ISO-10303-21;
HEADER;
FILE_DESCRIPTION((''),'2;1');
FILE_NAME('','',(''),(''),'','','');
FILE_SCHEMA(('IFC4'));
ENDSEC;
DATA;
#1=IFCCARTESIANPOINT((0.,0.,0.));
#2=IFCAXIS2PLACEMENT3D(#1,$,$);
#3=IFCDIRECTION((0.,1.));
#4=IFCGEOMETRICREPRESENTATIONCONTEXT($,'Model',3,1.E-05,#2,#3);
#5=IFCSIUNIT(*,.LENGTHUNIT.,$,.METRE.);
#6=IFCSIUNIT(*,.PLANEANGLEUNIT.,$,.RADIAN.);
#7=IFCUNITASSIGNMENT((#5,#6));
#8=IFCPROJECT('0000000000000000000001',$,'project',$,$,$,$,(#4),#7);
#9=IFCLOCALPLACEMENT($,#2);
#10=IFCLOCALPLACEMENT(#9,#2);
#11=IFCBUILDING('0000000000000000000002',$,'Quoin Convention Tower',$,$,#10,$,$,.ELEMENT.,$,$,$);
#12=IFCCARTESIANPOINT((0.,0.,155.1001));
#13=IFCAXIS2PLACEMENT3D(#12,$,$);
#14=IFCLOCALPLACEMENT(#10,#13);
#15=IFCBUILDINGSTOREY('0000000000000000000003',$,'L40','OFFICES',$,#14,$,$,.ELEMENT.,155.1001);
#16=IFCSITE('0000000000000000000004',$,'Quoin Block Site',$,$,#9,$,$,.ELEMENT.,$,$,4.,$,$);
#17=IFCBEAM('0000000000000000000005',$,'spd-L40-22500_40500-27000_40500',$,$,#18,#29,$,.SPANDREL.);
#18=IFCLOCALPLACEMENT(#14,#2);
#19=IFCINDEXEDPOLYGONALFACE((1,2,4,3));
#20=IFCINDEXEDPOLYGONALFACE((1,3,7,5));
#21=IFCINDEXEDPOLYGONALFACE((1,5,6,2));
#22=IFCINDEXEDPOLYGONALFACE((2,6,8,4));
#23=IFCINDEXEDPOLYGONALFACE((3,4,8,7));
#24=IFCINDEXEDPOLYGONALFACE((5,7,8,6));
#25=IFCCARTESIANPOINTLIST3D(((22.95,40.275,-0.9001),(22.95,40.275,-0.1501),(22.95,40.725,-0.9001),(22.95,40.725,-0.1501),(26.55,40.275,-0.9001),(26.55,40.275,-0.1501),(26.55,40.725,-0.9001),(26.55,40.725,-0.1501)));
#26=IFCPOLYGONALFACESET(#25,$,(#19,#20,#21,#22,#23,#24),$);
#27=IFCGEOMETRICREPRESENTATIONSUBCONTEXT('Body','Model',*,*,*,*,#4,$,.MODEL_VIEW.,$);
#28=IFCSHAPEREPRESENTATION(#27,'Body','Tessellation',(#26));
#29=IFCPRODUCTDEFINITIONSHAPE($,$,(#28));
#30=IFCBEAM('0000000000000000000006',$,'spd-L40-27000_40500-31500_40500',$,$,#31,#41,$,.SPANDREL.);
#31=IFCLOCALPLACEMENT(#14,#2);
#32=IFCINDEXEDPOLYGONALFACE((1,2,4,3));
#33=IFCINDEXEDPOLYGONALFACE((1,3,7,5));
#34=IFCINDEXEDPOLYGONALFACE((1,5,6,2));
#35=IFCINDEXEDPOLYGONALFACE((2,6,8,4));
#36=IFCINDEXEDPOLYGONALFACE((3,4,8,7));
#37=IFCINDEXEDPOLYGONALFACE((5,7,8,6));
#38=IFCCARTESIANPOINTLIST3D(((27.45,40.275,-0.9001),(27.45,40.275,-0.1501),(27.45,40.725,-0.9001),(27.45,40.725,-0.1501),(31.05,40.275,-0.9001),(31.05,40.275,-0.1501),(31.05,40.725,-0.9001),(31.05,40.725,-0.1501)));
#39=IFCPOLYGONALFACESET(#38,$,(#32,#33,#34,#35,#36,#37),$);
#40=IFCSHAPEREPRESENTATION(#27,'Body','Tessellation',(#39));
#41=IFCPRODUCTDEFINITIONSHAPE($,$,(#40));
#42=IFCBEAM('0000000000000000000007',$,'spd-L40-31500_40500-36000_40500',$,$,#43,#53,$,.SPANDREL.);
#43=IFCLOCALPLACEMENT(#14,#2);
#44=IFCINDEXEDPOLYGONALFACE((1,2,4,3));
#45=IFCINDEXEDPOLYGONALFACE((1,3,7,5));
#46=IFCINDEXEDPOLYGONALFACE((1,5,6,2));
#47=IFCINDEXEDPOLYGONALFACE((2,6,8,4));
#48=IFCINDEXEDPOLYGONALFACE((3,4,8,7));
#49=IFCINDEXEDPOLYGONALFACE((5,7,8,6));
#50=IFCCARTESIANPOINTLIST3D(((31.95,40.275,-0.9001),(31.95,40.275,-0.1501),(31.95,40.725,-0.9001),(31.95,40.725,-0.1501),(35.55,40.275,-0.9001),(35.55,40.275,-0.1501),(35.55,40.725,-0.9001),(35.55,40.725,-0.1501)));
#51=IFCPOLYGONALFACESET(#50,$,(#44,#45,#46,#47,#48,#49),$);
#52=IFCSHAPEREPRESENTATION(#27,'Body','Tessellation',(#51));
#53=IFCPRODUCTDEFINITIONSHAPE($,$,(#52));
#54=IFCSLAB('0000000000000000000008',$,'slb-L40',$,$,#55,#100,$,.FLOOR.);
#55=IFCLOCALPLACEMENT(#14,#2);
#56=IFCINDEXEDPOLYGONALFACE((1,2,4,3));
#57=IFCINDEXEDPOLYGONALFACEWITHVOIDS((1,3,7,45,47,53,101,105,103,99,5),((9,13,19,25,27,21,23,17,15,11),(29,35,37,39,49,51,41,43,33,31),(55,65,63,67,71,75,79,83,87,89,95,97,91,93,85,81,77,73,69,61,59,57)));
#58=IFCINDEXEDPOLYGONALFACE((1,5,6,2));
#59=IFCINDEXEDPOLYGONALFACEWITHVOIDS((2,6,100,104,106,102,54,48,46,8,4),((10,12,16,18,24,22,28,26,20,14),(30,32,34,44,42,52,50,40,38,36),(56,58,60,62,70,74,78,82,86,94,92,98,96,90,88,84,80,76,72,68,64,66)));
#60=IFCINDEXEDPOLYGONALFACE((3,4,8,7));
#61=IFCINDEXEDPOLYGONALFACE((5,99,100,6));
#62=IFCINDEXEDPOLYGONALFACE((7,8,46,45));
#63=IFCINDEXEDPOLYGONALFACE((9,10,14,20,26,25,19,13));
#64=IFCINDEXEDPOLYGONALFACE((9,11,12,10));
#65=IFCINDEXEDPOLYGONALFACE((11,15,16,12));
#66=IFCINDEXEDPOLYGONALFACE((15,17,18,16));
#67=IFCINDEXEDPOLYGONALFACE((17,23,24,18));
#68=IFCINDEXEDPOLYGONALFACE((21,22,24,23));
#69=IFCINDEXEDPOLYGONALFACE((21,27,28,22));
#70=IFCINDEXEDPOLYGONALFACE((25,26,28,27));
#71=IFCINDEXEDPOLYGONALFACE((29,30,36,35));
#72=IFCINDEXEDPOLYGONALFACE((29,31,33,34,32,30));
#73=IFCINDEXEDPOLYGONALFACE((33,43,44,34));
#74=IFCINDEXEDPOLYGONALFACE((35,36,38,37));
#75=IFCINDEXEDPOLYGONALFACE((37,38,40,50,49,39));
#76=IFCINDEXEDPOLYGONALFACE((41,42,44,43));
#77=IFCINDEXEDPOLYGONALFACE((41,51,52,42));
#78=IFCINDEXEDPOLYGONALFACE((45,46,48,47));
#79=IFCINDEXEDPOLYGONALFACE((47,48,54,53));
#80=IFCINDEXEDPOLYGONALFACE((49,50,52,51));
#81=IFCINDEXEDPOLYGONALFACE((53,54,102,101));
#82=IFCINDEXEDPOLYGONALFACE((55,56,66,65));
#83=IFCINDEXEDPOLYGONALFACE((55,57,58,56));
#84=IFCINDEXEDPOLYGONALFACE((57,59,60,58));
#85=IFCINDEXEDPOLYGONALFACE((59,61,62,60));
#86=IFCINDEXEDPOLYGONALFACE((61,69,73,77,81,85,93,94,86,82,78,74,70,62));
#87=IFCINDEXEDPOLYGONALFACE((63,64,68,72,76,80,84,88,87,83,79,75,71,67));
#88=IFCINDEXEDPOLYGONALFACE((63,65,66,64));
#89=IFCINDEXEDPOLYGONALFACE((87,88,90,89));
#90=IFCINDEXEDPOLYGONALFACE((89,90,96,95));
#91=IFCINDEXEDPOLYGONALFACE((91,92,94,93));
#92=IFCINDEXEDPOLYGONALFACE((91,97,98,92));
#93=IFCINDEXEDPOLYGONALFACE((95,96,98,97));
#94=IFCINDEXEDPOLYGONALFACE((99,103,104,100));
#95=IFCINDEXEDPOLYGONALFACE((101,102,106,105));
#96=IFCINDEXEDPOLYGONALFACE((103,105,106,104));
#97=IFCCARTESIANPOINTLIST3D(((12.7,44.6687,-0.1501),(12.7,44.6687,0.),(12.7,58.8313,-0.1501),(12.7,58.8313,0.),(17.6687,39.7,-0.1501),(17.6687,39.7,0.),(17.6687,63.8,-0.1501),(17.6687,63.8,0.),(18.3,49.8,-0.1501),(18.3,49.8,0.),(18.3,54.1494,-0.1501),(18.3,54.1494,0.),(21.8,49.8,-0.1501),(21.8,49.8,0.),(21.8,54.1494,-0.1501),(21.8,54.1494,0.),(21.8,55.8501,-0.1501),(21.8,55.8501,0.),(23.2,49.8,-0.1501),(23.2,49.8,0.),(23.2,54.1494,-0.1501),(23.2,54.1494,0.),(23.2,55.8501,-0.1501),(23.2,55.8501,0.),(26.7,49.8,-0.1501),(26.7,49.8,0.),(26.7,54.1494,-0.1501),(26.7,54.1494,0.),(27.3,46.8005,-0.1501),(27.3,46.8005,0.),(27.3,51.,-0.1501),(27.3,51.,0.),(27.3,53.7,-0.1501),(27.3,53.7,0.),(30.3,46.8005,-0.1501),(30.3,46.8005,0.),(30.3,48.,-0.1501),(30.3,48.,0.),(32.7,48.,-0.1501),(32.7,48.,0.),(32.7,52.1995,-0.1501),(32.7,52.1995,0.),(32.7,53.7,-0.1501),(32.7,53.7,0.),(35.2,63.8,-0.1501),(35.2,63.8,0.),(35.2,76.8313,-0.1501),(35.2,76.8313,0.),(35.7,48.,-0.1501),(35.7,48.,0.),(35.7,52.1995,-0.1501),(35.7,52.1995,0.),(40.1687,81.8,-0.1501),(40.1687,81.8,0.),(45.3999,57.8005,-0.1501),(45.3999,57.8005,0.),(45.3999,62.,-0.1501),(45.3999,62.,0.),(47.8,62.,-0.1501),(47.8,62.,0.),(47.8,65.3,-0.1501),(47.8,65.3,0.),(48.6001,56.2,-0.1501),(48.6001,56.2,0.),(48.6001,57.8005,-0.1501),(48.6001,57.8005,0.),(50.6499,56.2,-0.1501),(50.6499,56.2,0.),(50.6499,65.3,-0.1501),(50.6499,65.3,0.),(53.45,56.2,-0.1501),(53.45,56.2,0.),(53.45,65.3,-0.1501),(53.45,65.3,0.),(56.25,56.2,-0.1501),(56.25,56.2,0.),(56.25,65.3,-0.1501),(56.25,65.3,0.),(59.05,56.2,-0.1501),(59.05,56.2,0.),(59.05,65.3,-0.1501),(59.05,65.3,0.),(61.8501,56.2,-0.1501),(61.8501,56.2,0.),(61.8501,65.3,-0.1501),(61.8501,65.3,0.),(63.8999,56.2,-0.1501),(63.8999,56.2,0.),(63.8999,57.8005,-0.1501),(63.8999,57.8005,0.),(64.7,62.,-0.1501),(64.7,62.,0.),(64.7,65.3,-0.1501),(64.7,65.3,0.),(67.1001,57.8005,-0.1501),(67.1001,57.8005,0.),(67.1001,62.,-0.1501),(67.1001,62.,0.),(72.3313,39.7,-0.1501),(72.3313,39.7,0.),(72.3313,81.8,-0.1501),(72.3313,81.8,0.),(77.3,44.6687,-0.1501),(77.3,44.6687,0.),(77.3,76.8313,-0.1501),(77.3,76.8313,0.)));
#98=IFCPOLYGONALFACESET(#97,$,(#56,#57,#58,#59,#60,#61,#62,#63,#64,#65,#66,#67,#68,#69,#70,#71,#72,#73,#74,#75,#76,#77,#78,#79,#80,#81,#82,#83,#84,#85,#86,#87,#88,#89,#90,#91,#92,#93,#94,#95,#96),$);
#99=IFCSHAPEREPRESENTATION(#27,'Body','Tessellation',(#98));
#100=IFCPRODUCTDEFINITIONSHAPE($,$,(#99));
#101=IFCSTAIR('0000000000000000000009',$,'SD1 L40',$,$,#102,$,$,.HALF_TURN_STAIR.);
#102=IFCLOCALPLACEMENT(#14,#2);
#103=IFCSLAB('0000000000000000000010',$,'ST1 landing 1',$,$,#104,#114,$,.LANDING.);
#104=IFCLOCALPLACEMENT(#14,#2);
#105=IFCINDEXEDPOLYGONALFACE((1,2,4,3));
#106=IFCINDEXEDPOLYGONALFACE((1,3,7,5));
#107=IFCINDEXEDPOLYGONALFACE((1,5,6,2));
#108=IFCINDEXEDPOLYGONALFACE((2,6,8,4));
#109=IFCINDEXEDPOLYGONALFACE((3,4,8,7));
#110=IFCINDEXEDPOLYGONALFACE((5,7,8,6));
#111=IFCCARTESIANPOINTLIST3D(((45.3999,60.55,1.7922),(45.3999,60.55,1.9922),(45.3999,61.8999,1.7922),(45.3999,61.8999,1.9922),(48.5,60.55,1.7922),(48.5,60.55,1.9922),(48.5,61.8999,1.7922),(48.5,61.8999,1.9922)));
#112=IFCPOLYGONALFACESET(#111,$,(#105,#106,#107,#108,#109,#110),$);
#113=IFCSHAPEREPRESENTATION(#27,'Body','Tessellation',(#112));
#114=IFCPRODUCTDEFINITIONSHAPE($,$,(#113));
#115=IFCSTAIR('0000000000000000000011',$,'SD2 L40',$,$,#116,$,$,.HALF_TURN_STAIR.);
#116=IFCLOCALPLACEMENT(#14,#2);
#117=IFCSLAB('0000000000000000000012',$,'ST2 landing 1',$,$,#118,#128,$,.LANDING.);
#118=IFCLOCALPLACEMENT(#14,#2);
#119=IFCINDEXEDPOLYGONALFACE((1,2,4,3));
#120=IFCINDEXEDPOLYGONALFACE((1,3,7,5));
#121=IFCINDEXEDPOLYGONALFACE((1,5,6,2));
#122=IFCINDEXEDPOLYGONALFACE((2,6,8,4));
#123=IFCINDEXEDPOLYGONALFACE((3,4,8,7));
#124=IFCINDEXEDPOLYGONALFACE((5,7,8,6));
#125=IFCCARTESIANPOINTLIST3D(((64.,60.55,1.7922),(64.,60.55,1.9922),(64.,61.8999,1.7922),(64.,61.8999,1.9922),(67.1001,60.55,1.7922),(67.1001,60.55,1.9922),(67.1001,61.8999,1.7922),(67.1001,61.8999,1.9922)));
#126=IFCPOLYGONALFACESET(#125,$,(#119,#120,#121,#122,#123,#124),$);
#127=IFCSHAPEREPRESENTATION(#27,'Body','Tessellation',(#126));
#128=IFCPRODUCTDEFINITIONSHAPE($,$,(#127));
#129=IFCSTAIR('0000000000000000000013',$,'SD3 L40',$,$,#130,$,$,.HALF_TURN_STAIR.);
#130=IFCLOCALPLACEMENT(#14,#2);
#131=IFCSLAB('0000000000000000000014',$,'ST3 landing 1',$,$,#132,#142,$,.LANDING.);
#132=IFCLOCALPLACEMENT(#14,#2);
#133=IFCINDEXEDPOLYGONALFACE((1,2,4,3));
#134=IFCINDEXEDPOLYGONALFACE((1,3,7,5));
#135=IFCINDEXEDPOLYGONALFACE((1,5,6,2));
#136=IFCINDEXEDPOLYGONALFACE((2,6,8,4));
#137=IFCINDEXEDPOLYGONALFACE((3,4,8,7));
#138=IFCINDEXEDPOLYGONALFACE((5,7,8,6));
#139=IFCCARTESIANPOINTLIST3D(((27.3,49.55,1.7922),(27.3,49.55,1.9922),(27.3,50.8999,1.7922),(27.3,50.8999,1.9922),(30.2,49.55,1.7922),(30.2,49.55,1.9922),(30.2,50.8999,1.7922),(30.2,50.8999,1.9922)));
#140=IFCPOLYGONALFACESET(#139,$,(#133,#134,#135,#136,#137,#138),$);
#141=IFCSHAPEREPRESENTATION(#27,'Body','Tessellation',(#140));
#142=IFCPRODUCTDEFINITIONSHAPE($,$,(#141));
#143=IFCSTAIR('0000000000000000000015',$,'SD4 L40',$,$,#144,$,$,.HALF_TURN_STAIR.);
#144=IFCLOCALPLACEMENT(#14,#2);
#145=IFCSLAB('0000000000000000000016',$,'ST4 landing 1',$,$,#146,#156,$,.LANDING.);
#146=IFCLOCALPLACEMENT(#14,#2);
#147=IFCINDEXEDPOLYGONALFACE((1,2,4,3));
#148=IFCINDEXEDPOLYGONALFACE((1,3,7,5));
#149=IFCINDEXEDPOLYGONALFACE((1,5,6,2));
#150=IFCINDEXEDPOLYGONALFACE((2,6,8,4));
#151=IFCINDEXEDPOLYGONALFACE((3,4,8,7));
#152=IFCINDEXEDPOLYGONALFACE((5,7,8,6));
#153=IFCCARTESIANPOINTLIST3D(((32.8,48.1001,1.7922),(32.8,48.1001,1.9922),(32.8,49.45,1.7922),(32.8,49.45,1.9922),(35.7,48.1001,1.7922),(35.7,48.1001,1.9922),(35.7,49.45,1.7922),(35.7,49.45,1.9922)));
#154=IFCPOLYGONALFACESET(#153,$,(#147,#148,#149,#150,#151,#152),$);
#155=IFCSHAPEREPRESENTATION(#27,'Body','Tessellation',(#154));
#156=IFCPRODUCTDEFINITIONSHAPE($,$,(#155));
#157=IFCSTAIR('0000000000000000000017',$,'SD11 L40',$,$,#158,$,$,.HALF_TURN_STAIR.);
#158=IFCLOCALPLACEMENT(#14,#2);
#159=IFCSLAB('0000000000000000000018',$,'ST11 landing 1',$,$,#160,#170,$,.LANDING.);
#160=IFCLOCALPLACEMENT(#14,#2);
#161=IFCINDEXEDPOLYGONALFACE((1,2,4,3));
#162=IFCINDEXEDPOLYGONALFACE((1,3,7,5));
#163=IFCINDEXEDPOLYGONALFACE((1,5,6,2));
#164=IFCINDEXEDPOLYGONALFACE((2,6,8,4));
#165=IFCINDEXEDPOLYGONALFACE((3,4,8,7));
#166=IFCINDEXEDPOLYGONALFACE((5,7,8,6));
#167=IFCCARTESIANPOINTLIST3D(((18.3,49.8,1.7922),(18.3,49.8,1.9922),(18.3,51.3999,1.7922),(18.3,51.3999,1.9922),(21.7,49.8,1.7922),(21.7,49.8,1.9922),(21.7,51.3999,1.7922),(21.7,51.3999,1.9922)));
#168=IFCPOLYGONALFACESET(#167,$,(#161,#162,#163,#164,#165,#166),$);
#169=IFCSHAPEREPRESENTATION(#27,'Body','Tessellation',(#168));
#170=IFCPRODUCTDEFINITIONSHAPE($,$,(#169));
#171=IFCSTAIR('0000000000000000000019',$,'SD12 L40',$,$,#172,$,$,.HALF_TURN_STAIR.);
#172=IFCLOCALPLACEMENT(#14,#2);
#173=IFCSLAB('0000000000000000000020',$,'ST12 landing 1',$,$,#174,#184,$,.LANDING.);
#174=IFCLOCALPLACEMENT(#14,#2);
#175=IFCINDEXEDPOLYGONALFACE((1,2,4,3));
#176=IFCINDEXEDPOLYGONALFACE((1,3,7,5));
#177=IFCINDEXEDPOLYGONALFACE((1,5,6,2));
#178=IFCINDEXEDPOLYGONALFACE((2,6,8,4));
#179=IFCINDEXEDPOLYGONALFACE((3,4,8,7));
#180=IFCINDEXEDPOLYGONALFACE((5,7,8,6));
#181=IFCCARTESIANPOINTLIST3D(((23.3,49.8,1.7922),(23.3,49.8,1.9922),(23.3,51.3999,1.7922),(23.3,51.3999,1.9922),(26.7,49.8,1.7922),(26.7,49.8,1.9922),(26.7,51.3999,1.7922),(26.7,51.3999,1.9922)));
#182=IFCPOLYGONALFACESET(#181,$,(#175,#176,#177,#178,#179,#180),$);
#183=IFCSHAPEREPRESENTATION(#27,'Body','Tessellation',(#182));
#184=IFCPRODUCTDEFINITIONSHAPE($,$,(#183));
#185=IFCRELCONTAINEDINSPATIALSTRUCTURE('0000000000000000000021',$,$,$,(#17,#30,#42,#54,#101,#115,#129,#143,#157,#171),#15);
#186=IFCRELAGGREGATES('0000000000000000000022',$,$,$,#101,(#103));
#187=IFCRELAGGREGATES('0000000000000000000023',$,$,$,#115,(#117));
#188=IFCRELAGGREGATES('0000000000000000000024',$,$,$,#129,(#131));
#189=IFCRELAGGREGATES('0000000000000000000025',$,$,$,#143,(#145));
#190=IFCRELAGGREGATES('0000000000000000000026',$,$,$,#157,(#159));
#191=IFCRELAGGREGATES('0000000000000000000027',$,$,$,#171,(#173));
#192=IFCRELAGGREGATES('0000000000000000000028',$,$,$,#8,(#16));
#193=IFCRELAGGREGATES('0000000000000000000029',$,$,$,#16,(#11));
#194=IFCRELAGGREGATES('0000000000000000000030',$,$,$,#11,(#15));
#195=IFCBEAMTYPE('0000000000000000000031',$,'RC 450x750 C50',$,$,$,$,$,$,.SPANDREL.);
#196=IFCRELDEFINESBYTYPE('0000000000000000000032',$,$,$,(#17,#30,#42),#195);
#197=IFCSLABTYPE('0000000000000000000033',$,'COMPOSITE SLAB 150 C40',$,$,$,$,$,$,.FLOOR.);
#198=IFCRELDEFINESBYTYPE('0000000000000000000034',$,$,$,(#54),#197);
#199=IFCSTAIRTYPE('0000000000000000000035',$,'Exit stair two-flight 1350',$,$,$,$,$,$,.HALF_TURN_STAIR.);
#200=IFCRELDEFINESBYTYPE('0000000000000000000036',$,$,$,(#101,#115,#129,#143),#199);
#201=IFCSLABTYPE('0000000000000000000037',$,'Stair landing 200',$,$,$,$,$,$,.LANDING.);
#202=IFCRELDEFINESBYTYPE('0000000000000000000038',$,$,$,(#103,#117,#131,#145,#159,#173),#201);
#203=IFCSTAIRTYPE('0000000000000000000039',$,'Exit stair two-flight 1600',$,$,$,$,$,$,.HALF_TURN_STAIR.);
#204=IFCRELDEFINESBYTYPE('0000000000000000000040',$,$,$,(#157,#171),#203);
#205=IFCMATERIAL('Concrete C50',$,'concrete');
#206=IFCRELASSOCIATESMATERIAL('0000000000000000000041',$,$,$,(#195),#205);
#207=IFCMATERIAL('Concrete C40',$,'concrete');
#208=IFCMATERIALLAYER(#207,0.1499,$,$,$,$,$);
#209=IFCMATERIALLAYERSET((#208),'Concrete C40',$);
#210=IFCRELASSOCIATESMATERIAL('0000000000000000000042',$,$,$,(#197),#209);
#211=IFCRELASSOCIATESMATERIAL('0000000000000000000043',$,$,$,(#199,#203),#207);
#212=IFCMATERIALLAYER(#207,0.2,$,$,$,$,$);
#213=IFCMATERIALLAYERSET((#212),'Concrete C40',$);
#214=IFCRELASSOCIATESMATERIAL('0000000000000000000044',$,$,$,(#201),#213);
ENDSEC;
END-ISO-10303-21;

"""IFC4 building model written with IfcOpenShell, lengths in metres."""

from ifc_helpers import new_model, si_unit, direction, frame, origin, origin_2d, place, context, subcontext, project, spatial, polyline, rectangle, outline, extrude, material, layer, layer_set, material_profile, profile_set, type_object, element, aggregate, save


model = new_model("IFC4")

# Units and contexts
model_context = context("Model", 3, precision=1e-05, world=origin(), true_north=direction((0.0, 1.0)))
body_context = subcontext(model_context, "Body", "Model", "MODEL_VIEW")
ifc_project = project(units=[si_unit("LENGTHUNIT", "METRE"), si_unit("PLANEANGLEUNIT", "RADIAN")], contexts=[model_context])

# Site, building, storey
site_placement = place(None, origin())
site = spatial("IfcSite", under=ifc_project, at=site_placement, Name="Quoin Block Site", CompositionType="ELEMENT", RefElevation=4.0)
building_placement = place(site_placement, origin())
building = spatial("IfcBuilding", under=site, at=building_placement, Name="Quoin Convention Tower", CompositionType="ELEMENT")
storey_placement = place(building_placement, frame((0.0, 0.0, 155.1001)))
storey = spatial("IfcBuildingStorey", under=building, at=storey_placement, Name="L40", Description="OFFICES", CompositionType="ELEMENT", Elevation=155.1001)

# Shared definitions
ifc_material_1 = material(Name="Concrete C50", Category="concrete")

# Beams
ifc_material_profile_1 = material_profile(ifc_material_1, rectangle(XDim=0.45, YDim=0.75, at=origin_2d()), Name="RC 450x750")
ifc_profile_set_1 = profile_set([ifc_material_profile_1], Name="Concrete C50")
beam_type_1 = type_object("IfcBeamType", Name="RC 450x750 C50", PredefinedType="SPANDREL", material=ifc_profile_set_1)
for number, where, z_axis, x_axis, name in (
    (1, (22.95, 40.5, -0.5251), (1.0, 0.0, 0.0), (0.0, 1.0, 0.0), "spd-L40-22500_40500-27000_40500"),
    (2, (27.45, 40.5, -0.5251), (1.0, 0.0, 0.0), (0.0, 1.0, 0.0), "spd-L40-27000_40500-31500_40500"),
    (3, (31.95, 40.5, -0.5251), (1.0, 0.0, 0.0), (0.0, 1.0, 0.0), "spd-L40-31500_40500-36000_40500"),
):
    element("IfcBeam", number, at=place(storey_placement, frame(where, z_axis=z_axis, x_axis=x_axis)), inside=storey, type_object=beam_type_1, Name=name, PredefinedType="SPANDREL", context=body_context, shape_type="SweptSolid", body=[
        extrude(rectangle(XDim=0.45, YDim=0.75, at=origin_2d()), origin(), (0.0, 0.0, 1.0), 3.6001),
    ])

# Slab
ifc_material_2 = material(Name="Concrete C40", Category="concrete")
ifc_layer_1 = layer(ifc_material_2, 0.1499)
ifc_layer_set_1 = layer_set([ifc_layer_1], Name="Concrete C40")
slab_type_1 = type_object("IfcSlabType", Name="COMPOSITE SLAB 150 C40", PredefinedType="FLOOR", material=ifc_layer_set_1)
slab_1_placement = place(storey_placement, frame((0.0, 0.0, -0.1501)))
element("IfcSlab", 4, at=slab_1_placement, inside=storey, type_object=slab_type_1, Name="slb-L40", PredefinedType="FLOOR", context=body_context, shape_type="SweptSolid", body=[
    extrude(outline(polyline([(17.6687, 39.7), (12.7, 44.6687), (12.7, 58.8313), (17.6687, 63.8), (35.2, 63.8), (35.2, 76.8313), (40.1687, 81.8), (72.3313, 81.8), (77.3, 76.8313), (77.3, 44.6687), (72.3313, 39.7), (17.6687, 39.7)]), holes=[polyline([(27.3, 51.0), (27.3, 46.8005), (30.3, 46.8005), (30.3, 48.0), (32.7, 48.0), (35.7, 48.0), (35.7, 52.1995), (32.7, 52.1995), (32.7, 53.7), (27.3, 53.7), (27.3, 51.0)]), polyline([(18.3, 49.8), (21.8, 49.8), (23.2, 49.8), (26.7, 49.8), (26.7, 54.1494), (23.2, 54.1494), (23.2, 55.8501), (21.8, 55.8501), (21.8, 54.1494), (18.3, 54.1494), (18.3, 49.8)]), polyline([(48.6001, 56.2), (50.6499, 56.2), (53.45, 56.2), (56.25, 56.2), (59.05, 56.2), (61.8501, 56.2), (63.8999, 56.2), (63.8999, 57.8005), (67.1001, 57.8005), (67.1001, 62.0), (64.7, 62.0), (64.7, 65.3), (61.8501, 65.3), (59.05, 65.3), (56.25, 65.3), (53.45, 65.3), (50.6499, 65.3), (47.8, 65.3), (47.8, 62.0), (45.3999, 62.0), (45.3999, 57.8005), (48.6001, 57.8005), (48.6001, 56.2)])]), origin(), (0.0, 0.0, 1.0), 0.1501),
])

# Stairs, slabs
stair_type_1 = type_object("IfcStairType", Name="Exit stair two-flight 1350", PredefinedType="HALF_TURN_STAIR", material=ifc_material_2)
stair_1_placement = place(storey_placement, origin())
stair_1 = element("IfcStair", 5, at=stair_1_placement, inside=storey, type_object=stair_type_1, Name="SD1 L40", PredefinedType="HALF_TURN_STAIR")
ifc_layer_2 = layer(ifc_material_2, 0.2)
ifc_layer_set_2 = layer_set([ifc_layer_2], Name="Concrete C40")
slab_type_2 = type_object("IfcSlabType", Name="Stair landing 200", PredefinedType="LANDING", material=ifc_layer_set_2)
slab_2_placement = place(storey_placement, frame((0.0, 0.0, 1.7922)))
slab_2 = element("IfcSlab", 6, at=slab_2_placement, type_object=slab_type_2, Name="ST1 landing 1", PredefinedType="LANDING", context=body_context, shape_type="SweptSolid", body=[
    extrude(outline(polyline([(45.3999, 60.55), (48.5, 60.55), (48.5, 61.8999), (45.3999, 61.8999), (45.3999, 60.55)])), origin(), (0.0, 0.0, 1.0), 0.2),
])
aggregate(stair_1, [slab_2])
stair_2_placement = place(storey_placement, origin())
stair_2 = element("IfcStair", 7, at=stair_2_placement, inside=storey, type_object=stair_type_1, Name="SD2 L40", PredefinedType="HALF_TURN_STAIR")
slab_3_placement = place(storey_placement, frame((0.0, 0.0, 1.7922)))
slab_3 = element("IfcSlab", 8, at=slab_3_placement, type_object=slab_type_2, Name="ST2 landing 1", PredefinedType="LANDING", context=body_context, shape_type="SweptSolid", body=[
    extrude(outline(polyline([(64.0, 60.55), (67.1001, 60.55), (67.1001, 61.8999), (64.0, 61.8999), (64.0, 60.55)])), origin(), (0.0, 0.0, 1.0), 0.2),
])
aggregate(stair_2, [slab_3])
stair_3_placement = place(storey_placement, origin())
stair_3 = element("IfcStair", 9, at=stair_3_placement, inside=storey, type_object=stair_type_1, Name="SD3 L40", PredefinedType="HALF_TURN_STAIR")
slab_4_placement = place(storey_placement, frame((0.0, 0.0, 1.7922)))
slab_4 = element("IfcSlab", 10, at=slab_4_placement, type_object=slab_type_2, Name="ST3 landing 1", PredefinedType="LANDING", context=body_context, shape_type="SweptSolid", body=[
    extrude(outline(polyline([(27.3, 49.55), (30.2, 49.55), (30.2, 50.8999), (27.3, 50.8999), (27.3, 49.55)])), origin(), (0.0, 0.0, 1.0), 0.2),
])
aggregate(stair_3, [slab_4])
stair_4_placement = place(storey_placement, origin())
stair_4 = element("IfcStair", 11, at=stair_4_placement, inside=storey, type_object=stair_type_1, Name="SD4 L40", PredefinedType="HALF_TURN_STAIR")
slab_5_placement = place(storey_placement, frame((0.0, 0.0, 1.7922)))
slab_5 = element("IfcSlab", 12, at=slab_5_placement, type_object=slab_type_2, Name="ST4 landing 1", PredefinedType="LANDING", context=body_context, shape_type="SweptSolid", body=[
    extrude(outline(polyline([(35.7, 49.45), (32.8, 49.45), (32.8, 48.1001), (35.7, 48.1001), (35.7, 49.45)])), origin(), (0.0, 0.0, 1.0), 0.2),
])
aggregate(stair_4, [slab_5])
stair_type_2 = type_object("IfcStairType", Name="Exit stair two-flight 1600", PredefinedType="HALF_TURN_STAIR", material=ifc_material_2)
stair_5_placement = place(storey_placement, origin())
stair_5 = element("IfcStair", 13, at=stair_5_placement, inside=storey, type_object=stair_type_2, Name="SD11 L40", PredefinedType="HALF_TURN_STAIR")
slab_6_placement = place(storey_placement, frame((0.0, 0.0, 1.7922)))
slab_6 = element("IfcSlab", 14, at=slab_6_placement, type_object=slab_type_2, Name="ST11 landing 1", PredefinedType="LANDING", context=body_context, shape_type="SweptSolid", body=[
    extrude(outline(polyline([(21.7, 51.3999), (18.3, 51.3999), (18.3, 49.8), (21.7, 49.8), (21.7, 51.3999)])), origin(), (0.0, 0.0, 1.0), 0.2),
])
aggregate(stair_5, [slab_6])
stair_6_placement = place(storey_placement, origin())
stair_6 = element("IfcStair", 15, at=stair_6_placement, inside=storey, type_object=stair_type_2, Name="SD12 L40", PredefinedType="HALF_TURN_STAIR")
slab_7_placement = place(storey_placement, frame((0.0, 0.0, 1.7922)))
slab_7 = element("IfcSlab", 16, at=slab_7_placement, type_object=slab_type_2, Name="ST12 landing 1", PredefinedType="LANDING", context=body_context, shape_type="SweptSolid", body=[
    extrude(outline(polyline([(26.7, 51.3999), (23.3, 51.3999), (23.3, 49.8), (26.7, 49.8), (26.7, 51.3999)])), origin(), (0.0, 0.0, 1.0), 0.2),
])
aggregate(stair_6, [slab_7])

save(model, "model.ifc")
